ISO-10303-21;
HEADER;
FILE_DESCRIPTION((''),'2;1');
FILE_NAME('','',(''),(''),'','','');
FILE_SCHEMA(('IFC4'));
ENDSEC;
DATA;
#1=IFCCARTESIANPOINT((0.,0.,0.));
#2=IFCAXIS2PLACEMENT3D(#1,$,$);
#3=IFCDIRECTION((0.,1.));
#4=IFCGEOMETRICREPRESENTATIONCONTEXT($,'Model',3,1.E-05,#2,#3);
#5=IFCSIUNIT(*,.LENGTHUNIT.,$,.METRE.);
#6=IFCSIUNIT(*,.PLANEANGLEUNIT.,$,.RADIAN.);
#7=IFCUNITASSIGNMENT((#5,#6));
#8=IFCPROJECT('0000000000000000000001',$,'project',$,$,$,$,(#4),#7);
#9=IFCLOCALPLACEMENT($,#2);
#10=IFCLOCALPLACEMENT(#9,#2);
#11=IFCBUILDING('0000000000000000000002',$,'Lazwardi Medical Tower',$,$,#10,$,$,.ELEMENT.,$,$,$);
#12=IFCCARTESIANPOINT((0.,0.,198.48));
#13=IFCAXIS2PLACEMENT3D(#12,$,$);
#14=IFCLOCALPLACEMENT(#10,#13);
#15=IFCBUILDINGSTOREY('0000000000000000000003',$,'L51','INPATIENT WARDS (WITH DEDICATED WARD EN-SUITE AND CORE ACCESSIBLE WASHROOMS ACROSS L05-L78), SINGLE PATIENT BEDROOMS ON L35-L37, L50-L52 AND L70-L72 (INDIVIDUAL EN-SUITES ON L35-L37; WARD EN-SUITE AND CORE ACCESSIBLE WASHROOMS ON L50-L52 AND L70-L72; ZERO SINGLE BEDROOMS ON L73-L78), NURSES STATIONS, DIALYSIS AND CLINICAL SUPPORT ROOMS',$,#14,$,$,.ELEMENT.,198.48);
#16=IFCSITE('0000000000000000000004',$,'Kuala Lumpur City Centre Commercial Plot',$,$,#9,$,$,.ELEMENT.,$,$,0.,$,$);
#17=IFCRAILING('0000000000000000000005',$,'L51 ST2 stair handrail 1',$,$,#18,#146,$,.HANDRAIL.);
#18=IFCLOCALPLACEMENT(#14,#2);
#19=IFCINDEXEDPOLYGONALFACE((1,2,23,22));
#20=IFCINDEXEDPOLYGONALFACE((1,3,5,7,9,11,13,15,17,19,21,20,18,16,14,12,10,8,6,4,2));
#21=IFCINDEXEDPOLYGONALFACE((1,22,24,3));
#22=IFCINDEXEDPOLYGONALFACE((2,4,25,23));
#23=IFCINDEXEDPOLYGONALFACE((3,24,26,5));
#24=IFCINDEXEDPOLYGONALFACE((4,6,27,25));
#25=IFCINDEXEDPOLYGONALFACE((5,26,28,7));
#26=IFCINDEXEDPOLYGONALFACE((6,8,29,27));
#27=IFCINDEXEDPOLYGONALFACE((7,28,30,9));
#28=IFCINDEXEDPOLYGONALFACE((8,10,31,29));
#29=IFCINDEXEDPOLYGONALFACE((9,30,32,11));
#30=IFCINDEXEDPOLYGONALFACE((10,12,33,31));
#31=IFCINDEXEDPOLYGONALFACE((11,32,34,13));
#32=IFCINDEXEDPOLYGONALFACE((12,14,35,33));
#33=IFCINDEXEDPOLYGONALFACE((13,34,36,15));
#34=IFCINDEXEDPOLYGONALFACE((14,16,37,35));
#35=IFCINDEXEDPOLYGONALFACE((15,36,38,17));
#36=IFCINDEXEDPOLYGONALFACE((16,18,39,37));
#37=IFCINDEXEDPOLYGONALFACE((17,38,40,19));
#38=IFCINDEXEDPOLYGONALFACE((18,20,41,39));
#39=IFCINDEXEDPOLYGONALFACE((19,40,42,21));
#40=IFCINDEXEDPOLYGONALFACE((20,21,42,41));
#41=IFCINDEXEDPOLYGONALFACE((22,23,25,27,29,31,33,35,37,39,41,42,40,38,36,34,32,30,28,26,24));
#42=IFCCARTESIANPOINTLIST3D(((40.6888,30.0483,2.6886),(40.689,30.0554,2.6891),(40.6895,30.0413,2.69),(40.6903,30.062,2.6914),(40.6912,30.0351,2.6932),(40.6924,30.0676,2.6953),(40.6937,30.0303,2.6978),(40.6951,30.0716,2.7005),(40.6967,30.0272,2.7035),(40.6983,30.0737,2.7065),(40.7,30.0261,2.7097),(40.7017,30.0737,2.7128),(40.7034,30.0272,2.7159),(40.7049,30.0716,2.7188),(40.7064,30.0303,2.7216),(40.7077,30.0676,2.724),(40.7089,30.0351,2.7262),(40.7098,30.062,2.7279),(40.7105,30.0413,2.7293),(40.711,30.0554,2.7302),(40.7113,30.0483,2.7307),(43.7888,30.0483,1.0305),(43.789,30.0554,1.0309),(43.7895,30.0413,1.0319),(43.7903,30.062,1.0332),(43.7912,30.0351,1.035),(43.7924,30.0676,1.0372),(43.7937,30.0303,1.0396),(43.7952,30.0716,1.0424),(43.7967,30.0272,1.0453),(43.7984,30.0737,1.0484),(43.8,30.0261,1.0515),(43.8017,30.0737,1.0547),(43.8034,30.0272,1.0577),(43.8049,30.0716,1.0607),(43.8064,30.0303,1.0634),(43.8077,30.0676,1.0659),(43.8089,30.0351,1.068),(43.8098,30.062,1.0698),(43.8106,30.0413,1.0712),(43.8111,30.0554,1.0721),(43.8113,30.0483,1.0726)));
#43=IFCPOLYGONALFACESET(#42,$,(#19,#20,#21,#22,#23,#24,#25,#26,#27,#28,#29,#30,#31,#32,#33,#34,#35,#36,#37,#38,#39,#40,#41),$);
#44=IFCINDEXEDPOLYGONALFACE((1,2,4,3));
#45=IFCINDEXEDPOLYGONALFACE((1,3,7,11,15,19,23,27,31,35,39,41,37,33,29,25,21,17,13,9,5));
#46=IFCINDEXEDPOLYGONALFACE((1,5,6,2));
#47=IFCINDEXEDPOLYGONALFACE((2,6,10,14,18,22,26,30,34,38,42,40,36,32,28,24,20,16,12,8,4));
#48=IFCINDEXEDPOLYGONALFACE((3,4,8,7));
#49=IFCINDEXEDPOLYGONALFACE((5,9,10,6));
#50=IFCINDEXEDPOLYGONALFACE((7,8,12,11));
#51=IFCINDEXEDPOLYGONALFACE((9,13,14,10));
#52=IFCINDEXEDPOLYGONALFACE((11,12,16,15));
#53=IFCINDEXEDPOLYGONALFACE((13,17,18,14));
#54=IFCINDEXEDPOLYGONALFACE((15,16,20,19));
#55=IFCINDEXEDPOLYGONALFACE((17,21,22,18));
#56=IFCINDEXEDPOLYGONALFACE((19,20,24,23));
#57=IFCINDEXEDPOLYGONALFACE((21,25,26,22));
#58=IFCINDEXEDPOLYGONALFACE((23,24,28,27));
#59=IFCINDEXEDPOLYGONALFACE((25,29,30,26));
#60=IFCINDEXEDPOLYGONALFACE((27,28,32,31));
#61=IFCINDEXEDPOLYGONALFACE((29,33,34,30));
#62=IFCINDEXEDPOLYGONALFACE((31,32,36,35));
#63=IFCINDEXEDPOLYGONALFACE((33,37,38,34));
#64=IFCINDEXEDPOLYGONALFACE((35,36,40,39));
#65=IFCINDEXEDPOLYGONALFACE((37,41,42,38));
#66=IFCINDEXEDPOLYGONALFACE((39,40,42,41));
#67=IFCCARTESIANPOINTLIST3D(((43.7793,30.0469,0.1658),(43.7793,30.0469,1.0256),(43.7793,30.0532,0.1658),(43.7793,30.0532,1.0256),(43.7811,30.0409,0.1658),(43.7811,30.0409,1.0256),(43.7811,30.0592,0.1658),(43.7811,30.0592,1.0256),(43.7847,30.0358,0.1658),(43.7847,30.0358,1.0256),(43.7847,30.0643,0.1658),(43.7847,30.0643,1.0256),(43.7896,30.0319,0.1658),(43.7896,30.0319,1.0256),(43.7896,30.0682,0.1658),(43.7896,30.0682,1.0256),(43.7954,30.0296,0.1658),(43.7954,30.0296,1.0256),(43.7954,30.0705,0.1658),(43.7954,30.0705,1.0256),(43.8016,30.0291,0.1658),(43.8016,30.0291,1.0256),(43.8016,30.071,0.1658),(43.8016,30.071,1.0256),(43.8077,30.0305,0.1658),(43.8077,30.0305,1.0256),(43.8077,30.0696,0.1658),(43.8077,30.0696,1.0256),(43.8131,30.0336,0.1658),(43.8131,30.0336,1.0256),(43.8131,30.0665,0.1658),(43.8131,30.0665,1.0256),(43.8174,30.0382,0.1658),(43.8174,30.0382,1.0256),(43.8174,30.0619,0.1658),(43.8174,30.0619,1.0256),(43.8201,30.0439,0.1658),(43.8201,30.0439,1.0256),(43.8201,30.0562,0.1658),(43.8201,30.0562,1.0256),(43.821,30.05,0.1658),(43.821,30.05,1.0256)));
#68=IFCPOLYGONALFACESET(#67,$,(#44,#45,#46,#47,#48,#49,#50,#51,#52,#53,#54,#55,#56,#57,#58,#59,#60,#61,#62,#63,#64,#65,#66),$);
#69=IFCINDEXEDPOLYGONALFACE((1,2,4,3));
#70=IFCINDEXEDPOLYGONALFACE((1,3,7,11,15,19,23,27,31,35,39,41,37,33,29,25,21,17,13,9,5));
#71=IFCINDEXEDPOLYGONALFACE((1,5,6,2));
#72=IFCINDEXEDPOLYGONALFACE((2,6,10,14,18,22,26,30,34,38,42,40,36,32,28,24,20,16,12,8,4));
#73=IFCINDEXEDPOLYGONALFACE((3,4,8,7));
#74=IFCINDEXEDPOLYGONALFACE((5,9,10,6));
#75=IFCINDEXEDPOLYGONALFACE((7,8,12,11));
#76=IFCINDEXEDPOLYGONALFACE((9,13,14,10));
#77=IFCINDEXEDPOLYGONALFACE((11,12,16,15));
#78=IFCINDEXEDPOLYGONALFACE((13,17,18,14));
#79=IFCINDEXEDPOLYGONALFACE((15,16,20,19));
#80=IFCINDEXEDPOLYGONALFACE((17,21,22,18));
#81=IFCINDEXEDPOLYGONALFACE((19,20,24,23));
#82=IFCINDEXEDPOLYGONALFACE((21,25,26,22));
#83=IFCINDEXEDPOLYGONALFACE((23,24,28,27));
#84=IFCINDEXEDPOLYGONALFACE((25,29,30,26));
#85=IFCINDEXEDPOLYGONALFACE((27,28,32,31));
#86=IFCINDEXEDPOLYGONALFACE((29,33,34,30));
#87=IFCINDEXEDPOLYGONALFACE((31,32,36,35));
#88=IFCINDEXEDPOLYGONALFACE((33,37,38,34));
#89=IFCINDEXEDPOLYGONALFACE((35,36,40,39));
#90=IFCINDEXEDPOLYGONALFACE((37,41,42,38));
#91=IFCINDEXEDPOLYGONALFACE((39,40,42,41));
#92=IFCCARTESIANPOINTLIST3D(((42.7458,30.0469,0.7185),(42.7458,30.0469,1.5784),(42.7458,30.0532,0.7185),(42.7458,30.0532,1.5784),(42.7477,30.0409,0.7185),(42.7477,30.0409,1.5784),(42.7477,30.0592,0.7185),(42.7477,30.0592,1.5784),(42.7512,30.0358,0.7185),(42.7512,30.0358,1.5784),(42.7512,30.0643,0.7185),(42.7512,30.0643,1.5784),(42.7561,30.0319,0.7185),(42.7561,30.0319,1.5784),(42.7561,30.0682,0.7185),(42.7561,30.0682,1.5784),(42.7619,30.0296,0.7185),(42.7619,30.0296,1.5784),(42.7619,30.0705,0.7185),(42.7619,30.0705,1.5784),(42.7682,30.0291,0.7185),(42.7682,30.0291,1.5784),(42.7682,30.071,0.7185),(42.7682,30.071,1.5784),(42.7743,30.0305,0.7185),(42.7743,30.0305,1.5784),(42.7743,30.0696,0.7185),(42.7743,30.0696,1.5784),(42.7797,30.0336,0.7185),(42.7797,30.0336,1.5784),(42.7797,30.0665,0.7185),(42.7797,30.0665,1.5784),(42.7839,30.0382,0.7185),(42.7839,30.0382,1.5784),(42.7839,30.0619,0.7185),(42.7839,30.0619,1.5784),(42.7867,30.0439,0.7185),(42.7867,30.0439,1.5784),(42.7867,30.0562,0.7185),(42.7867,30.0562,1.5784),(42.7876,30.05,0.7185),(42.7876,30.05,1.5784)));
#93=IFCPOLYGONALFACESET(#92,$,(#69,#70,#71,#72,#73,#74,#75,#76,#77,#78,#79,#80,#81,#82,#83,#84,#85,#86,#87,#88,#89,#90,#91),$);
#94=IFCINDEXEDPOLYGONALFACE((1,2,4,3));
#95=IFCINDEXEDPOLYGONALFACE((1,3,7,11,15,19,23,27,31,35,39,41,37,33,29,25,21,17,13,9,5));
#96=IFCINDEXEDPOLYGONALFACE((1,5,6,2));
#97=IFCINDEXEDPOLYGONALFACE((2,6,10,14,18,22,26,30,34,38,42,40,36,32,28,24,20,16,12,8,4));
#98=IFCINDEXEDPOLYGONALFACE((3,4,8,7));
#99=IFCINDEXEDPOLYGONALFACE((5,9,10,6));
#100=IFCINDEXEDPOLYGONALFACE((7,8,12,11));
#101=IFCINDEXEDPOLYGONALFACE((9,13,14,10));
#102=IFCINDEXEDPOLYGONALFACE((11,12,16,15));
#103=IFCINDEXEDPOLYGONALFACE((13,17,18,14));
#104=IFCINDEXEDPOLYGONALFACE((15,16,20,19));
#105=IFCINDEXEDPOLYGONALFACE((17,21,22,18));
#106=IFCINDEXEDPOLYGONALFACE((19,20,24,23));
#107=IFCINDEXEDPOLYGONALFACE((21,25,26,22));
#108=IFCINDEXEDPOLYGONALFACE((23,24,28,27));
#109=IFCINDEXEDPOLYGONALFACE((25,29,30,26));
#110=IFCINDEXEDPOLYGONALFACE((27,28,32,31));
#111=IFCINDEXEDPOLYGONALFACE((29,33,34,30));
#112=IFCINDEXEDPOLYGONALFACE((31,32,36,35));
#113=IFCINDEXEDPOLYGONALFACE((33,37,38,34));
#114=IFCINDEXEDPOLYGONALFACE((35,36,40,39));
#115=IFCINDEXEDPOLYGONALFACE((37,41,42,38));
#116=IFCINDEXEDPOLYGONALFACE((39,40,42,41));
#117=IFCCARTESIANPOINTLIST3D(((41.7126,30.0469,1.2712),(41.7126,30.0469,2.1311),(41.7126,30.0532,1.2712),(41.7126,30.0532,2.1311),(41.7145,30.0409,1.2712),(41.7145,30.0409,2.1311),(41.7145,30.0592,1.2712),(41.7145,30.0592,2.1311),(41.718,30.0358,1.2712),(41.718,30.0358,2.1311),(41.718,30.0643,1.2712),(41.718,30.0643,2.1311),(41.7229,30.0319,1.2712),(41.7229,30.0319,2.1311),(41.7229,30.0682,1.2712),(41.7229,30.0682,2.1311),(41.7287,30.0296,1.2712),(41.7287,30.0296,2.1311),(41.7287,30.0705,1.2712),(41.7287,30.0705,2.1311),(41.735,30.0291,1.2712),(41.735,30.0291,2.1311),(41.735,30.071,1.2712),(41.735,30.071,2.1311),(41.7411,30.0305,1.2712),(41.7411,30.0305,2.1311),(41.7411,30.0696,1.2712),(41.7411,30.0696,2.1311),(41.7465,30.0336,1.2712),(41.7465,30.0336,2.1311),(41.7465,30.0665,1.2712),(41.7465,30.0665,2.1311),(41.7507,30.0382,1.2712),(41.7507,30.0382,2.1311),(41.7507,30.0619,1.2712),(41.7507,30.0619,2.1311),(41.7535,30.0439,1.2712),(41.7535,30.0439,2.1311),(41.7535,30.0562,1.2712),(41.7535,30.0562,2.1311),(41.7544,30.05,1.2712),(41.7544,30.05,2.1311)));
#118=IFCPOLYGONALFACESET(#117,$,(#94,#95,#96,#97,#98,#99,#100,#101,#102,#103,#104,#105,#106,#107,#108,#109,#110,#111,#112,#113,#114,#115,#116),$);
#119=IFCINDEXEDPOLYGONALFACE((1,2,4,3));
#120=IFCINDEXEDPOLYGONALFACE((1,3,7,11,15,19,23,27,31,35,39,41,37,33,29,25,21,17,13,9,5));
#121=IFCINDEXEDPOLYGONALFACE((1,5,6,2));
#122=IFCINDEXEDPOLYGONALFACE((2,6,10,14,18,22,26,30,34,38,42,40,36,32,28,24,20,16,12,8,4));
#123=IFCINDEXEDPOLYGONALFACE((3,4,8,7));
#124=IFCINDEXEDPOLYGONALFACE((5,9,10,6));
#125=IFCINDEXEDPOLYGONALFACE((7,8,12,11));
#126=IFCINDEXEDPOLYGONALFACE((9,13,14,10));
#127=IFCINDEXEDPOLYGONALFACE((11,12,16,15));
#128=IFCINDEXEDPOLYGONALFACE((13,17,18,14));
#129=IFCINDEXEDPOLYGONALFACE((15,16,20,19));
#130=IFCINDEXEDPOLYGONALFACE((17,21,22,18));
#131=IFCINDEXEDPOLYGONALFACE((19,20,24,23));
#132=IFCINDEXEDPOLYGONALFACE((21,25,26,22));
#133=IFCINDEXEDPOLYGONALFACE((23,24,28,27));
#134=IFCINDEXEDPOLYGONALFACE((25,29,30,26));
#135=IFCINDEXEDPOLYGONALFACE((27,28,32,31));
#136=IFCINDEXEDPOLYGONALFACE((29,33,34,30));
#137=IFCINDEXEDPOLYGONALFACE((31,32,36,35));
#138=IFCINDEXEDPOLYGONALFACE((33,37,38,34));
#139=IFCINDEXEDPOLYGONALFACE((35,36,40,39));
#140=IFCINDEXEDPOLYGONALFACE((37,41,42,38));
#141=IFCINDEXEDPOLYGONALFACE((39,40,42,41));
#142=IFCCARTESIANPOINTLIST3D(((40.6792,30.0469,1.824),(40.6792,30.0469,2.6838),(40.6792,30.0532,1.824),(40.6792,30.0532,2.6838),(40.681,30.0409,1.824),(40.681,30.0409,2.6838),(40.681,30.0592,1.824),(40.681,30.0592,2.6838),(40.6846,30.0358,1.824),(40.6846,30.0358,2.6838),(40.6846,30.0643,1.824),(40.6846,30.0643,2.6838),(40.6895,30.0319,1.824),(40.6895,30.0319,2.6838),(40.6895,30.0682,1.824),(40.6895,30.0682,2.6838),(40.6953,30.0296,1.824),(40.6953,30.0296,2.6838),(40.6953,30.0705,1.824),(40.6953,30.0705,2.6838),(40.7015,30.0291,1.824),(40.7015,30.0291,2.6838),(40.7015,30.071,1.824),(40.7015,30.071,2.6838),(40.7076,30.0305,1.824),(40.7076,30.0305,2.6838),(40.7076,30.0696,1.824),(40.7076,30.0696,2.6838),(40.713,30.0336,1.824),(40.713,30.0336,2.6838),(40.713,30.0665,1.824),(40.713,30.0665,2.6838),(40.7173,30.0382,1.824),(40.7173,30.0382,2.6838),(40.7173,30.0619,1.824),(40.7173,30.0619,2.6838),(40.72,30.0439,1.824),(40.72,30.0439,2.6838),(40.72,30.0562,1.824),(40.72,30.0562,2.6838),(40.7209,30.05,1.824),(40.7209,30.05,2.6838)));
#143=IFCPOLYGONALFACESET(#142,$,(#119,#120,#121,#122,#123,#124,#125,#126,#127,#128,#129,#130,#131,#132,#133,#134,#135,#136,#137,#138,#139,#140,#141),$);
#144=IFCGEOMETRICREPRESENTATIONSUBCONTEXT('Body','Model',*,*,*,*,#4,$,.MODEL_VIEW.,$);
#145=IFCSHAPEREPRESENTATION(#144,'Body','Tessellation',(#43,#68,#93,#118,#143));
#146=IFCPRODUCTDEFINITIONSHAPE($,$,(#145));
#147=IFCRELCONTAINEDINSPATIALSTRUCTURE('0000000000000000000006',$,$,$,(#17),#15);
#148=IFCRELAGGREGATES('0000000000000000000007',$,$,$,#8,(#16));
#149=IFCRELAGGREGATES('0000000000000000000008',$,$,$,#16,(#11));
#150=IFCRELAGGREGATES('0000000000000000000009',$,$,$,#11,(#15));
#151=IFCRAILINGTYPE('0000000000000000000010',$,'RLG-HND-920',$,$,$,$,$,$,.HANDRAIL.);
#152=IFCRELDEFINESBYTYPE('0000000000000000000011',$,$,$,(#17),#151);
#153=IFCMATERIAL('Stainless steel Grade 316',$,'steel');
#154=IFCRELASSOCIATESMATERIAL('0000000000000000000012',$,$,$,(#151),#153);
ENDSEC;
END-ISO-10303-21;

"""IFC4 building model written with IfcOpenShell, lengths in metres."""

from ifc_helpers import new_model, si_unit, direction, frame, origin, origin_2d, place, context, subcontext, project, spatial, circle, extrude, material, type_object, element, save


model = new_model("IFC4")

# Units and contexts
model_context = context("Model", 3, precision=1e-05, world=origin(), true_north=direction((0.0, 1.0)))
body_context = subcontext(model_context, "Body", "Model", "MODEL_VIEW")
ifc_project = project(units=[si_unit("LENGTHUNIT", "METRE"), si_unit("PLANEANGLEUNIT", "RADIAN")], contexts=[model_context])

# Site, building, storey
site_placement = place(None, origin())
site = spatial("IfcSite", under=ifc_project, at=site_placement, Name="Kuala Lumpur City Centre Commercial Plot", CompositionType="ELEMENT", RefElevation=0.0)
building_placement = place(site_placement, origin())
building = spatial("IfcBuilding", under=site, at=building_placement, Name="Lazwardi Medical Tower", CompositionType="ELEMENT")
storey_placement = place(building_placement, frame((0.0, 0.0, 198.48)))
storey = spatial("IfcBuildingStorey", under=building, at=storey_placement, Name="L51", Description="INPATIENT WARDS (WITH DEDICATED WARD EN-SUITE AND CORE ACCESSIBLE WASHROOMS ACROSS L05-L78), SINGLE PATIENT BEDROOMS ON L35-L37, L50-L52 AND L70-L72 (INDIVIDUAL EN-SUITES ON L35-L37; WARD EN-SUITE AND CORE ACCESSIBLE WASHROOMS ON L50-L52 AND L70-L72; ZERO SINGLE BEDROOMS ON L73-L78), NURSES STATIONS, DIALYSIS AND CLINICAL SUPPORT ROOMS", CompositionType="ELEMENT", Elevation=198.48)

# Railing
ifc_material_1 = material(Name="Stainless steel Grade 316", Category="steel")
railing_type_1 = type_object("IfcRailingType", Name="RLG-HND-920", PredefinedType="HANDRAIL", material=ifc_material_1)
railing_1_placement = place(storey_placement, frame((43.8, 30.05, 0.1658)))
element("IfcRailing", 1, at=railing_1_placement, inside=storey, type_object=railing_type_1, Name="L51 ST2 stair handrail 1", PredefinedType="HANDRAIL", context=body_context, shape_type="SweptSolid", body=[
    extrude(circle(Radius=0.0239, at=origin_2d()), frame((0.0, 0.0, 0.8857), z_axis=(-0.881783, 0.0, 0.471655), x_axis=(0.0, -1.0, 0.0)), (0.0, 0.0, 1.0), 3.5156),
    extrude(circle(Radius=0.021, at=origin_2d()), origin(), (0.0, 0.0, 1.0), 0.8599),
    extrude(circle(Radius=0.021, at=origin_2d()), frame((-1.0334, 0.0, 0.5527)), (0.0, 0.0, 1.0), 0.8599),
    extrude(circle(Radius=0.021, at=origin_2d()), frame((-2.0667, 0.0, 1.1055)), (0.0, 0.0, 1.0), 0.8599),
    extrude(circle(Radius=0.021, at=origin_2d()), frame((-3.1001, 0.0, 1.6582)), (0.0, 0.0, 1.0), 0.8599),
])

save(model, "model.ifc")
